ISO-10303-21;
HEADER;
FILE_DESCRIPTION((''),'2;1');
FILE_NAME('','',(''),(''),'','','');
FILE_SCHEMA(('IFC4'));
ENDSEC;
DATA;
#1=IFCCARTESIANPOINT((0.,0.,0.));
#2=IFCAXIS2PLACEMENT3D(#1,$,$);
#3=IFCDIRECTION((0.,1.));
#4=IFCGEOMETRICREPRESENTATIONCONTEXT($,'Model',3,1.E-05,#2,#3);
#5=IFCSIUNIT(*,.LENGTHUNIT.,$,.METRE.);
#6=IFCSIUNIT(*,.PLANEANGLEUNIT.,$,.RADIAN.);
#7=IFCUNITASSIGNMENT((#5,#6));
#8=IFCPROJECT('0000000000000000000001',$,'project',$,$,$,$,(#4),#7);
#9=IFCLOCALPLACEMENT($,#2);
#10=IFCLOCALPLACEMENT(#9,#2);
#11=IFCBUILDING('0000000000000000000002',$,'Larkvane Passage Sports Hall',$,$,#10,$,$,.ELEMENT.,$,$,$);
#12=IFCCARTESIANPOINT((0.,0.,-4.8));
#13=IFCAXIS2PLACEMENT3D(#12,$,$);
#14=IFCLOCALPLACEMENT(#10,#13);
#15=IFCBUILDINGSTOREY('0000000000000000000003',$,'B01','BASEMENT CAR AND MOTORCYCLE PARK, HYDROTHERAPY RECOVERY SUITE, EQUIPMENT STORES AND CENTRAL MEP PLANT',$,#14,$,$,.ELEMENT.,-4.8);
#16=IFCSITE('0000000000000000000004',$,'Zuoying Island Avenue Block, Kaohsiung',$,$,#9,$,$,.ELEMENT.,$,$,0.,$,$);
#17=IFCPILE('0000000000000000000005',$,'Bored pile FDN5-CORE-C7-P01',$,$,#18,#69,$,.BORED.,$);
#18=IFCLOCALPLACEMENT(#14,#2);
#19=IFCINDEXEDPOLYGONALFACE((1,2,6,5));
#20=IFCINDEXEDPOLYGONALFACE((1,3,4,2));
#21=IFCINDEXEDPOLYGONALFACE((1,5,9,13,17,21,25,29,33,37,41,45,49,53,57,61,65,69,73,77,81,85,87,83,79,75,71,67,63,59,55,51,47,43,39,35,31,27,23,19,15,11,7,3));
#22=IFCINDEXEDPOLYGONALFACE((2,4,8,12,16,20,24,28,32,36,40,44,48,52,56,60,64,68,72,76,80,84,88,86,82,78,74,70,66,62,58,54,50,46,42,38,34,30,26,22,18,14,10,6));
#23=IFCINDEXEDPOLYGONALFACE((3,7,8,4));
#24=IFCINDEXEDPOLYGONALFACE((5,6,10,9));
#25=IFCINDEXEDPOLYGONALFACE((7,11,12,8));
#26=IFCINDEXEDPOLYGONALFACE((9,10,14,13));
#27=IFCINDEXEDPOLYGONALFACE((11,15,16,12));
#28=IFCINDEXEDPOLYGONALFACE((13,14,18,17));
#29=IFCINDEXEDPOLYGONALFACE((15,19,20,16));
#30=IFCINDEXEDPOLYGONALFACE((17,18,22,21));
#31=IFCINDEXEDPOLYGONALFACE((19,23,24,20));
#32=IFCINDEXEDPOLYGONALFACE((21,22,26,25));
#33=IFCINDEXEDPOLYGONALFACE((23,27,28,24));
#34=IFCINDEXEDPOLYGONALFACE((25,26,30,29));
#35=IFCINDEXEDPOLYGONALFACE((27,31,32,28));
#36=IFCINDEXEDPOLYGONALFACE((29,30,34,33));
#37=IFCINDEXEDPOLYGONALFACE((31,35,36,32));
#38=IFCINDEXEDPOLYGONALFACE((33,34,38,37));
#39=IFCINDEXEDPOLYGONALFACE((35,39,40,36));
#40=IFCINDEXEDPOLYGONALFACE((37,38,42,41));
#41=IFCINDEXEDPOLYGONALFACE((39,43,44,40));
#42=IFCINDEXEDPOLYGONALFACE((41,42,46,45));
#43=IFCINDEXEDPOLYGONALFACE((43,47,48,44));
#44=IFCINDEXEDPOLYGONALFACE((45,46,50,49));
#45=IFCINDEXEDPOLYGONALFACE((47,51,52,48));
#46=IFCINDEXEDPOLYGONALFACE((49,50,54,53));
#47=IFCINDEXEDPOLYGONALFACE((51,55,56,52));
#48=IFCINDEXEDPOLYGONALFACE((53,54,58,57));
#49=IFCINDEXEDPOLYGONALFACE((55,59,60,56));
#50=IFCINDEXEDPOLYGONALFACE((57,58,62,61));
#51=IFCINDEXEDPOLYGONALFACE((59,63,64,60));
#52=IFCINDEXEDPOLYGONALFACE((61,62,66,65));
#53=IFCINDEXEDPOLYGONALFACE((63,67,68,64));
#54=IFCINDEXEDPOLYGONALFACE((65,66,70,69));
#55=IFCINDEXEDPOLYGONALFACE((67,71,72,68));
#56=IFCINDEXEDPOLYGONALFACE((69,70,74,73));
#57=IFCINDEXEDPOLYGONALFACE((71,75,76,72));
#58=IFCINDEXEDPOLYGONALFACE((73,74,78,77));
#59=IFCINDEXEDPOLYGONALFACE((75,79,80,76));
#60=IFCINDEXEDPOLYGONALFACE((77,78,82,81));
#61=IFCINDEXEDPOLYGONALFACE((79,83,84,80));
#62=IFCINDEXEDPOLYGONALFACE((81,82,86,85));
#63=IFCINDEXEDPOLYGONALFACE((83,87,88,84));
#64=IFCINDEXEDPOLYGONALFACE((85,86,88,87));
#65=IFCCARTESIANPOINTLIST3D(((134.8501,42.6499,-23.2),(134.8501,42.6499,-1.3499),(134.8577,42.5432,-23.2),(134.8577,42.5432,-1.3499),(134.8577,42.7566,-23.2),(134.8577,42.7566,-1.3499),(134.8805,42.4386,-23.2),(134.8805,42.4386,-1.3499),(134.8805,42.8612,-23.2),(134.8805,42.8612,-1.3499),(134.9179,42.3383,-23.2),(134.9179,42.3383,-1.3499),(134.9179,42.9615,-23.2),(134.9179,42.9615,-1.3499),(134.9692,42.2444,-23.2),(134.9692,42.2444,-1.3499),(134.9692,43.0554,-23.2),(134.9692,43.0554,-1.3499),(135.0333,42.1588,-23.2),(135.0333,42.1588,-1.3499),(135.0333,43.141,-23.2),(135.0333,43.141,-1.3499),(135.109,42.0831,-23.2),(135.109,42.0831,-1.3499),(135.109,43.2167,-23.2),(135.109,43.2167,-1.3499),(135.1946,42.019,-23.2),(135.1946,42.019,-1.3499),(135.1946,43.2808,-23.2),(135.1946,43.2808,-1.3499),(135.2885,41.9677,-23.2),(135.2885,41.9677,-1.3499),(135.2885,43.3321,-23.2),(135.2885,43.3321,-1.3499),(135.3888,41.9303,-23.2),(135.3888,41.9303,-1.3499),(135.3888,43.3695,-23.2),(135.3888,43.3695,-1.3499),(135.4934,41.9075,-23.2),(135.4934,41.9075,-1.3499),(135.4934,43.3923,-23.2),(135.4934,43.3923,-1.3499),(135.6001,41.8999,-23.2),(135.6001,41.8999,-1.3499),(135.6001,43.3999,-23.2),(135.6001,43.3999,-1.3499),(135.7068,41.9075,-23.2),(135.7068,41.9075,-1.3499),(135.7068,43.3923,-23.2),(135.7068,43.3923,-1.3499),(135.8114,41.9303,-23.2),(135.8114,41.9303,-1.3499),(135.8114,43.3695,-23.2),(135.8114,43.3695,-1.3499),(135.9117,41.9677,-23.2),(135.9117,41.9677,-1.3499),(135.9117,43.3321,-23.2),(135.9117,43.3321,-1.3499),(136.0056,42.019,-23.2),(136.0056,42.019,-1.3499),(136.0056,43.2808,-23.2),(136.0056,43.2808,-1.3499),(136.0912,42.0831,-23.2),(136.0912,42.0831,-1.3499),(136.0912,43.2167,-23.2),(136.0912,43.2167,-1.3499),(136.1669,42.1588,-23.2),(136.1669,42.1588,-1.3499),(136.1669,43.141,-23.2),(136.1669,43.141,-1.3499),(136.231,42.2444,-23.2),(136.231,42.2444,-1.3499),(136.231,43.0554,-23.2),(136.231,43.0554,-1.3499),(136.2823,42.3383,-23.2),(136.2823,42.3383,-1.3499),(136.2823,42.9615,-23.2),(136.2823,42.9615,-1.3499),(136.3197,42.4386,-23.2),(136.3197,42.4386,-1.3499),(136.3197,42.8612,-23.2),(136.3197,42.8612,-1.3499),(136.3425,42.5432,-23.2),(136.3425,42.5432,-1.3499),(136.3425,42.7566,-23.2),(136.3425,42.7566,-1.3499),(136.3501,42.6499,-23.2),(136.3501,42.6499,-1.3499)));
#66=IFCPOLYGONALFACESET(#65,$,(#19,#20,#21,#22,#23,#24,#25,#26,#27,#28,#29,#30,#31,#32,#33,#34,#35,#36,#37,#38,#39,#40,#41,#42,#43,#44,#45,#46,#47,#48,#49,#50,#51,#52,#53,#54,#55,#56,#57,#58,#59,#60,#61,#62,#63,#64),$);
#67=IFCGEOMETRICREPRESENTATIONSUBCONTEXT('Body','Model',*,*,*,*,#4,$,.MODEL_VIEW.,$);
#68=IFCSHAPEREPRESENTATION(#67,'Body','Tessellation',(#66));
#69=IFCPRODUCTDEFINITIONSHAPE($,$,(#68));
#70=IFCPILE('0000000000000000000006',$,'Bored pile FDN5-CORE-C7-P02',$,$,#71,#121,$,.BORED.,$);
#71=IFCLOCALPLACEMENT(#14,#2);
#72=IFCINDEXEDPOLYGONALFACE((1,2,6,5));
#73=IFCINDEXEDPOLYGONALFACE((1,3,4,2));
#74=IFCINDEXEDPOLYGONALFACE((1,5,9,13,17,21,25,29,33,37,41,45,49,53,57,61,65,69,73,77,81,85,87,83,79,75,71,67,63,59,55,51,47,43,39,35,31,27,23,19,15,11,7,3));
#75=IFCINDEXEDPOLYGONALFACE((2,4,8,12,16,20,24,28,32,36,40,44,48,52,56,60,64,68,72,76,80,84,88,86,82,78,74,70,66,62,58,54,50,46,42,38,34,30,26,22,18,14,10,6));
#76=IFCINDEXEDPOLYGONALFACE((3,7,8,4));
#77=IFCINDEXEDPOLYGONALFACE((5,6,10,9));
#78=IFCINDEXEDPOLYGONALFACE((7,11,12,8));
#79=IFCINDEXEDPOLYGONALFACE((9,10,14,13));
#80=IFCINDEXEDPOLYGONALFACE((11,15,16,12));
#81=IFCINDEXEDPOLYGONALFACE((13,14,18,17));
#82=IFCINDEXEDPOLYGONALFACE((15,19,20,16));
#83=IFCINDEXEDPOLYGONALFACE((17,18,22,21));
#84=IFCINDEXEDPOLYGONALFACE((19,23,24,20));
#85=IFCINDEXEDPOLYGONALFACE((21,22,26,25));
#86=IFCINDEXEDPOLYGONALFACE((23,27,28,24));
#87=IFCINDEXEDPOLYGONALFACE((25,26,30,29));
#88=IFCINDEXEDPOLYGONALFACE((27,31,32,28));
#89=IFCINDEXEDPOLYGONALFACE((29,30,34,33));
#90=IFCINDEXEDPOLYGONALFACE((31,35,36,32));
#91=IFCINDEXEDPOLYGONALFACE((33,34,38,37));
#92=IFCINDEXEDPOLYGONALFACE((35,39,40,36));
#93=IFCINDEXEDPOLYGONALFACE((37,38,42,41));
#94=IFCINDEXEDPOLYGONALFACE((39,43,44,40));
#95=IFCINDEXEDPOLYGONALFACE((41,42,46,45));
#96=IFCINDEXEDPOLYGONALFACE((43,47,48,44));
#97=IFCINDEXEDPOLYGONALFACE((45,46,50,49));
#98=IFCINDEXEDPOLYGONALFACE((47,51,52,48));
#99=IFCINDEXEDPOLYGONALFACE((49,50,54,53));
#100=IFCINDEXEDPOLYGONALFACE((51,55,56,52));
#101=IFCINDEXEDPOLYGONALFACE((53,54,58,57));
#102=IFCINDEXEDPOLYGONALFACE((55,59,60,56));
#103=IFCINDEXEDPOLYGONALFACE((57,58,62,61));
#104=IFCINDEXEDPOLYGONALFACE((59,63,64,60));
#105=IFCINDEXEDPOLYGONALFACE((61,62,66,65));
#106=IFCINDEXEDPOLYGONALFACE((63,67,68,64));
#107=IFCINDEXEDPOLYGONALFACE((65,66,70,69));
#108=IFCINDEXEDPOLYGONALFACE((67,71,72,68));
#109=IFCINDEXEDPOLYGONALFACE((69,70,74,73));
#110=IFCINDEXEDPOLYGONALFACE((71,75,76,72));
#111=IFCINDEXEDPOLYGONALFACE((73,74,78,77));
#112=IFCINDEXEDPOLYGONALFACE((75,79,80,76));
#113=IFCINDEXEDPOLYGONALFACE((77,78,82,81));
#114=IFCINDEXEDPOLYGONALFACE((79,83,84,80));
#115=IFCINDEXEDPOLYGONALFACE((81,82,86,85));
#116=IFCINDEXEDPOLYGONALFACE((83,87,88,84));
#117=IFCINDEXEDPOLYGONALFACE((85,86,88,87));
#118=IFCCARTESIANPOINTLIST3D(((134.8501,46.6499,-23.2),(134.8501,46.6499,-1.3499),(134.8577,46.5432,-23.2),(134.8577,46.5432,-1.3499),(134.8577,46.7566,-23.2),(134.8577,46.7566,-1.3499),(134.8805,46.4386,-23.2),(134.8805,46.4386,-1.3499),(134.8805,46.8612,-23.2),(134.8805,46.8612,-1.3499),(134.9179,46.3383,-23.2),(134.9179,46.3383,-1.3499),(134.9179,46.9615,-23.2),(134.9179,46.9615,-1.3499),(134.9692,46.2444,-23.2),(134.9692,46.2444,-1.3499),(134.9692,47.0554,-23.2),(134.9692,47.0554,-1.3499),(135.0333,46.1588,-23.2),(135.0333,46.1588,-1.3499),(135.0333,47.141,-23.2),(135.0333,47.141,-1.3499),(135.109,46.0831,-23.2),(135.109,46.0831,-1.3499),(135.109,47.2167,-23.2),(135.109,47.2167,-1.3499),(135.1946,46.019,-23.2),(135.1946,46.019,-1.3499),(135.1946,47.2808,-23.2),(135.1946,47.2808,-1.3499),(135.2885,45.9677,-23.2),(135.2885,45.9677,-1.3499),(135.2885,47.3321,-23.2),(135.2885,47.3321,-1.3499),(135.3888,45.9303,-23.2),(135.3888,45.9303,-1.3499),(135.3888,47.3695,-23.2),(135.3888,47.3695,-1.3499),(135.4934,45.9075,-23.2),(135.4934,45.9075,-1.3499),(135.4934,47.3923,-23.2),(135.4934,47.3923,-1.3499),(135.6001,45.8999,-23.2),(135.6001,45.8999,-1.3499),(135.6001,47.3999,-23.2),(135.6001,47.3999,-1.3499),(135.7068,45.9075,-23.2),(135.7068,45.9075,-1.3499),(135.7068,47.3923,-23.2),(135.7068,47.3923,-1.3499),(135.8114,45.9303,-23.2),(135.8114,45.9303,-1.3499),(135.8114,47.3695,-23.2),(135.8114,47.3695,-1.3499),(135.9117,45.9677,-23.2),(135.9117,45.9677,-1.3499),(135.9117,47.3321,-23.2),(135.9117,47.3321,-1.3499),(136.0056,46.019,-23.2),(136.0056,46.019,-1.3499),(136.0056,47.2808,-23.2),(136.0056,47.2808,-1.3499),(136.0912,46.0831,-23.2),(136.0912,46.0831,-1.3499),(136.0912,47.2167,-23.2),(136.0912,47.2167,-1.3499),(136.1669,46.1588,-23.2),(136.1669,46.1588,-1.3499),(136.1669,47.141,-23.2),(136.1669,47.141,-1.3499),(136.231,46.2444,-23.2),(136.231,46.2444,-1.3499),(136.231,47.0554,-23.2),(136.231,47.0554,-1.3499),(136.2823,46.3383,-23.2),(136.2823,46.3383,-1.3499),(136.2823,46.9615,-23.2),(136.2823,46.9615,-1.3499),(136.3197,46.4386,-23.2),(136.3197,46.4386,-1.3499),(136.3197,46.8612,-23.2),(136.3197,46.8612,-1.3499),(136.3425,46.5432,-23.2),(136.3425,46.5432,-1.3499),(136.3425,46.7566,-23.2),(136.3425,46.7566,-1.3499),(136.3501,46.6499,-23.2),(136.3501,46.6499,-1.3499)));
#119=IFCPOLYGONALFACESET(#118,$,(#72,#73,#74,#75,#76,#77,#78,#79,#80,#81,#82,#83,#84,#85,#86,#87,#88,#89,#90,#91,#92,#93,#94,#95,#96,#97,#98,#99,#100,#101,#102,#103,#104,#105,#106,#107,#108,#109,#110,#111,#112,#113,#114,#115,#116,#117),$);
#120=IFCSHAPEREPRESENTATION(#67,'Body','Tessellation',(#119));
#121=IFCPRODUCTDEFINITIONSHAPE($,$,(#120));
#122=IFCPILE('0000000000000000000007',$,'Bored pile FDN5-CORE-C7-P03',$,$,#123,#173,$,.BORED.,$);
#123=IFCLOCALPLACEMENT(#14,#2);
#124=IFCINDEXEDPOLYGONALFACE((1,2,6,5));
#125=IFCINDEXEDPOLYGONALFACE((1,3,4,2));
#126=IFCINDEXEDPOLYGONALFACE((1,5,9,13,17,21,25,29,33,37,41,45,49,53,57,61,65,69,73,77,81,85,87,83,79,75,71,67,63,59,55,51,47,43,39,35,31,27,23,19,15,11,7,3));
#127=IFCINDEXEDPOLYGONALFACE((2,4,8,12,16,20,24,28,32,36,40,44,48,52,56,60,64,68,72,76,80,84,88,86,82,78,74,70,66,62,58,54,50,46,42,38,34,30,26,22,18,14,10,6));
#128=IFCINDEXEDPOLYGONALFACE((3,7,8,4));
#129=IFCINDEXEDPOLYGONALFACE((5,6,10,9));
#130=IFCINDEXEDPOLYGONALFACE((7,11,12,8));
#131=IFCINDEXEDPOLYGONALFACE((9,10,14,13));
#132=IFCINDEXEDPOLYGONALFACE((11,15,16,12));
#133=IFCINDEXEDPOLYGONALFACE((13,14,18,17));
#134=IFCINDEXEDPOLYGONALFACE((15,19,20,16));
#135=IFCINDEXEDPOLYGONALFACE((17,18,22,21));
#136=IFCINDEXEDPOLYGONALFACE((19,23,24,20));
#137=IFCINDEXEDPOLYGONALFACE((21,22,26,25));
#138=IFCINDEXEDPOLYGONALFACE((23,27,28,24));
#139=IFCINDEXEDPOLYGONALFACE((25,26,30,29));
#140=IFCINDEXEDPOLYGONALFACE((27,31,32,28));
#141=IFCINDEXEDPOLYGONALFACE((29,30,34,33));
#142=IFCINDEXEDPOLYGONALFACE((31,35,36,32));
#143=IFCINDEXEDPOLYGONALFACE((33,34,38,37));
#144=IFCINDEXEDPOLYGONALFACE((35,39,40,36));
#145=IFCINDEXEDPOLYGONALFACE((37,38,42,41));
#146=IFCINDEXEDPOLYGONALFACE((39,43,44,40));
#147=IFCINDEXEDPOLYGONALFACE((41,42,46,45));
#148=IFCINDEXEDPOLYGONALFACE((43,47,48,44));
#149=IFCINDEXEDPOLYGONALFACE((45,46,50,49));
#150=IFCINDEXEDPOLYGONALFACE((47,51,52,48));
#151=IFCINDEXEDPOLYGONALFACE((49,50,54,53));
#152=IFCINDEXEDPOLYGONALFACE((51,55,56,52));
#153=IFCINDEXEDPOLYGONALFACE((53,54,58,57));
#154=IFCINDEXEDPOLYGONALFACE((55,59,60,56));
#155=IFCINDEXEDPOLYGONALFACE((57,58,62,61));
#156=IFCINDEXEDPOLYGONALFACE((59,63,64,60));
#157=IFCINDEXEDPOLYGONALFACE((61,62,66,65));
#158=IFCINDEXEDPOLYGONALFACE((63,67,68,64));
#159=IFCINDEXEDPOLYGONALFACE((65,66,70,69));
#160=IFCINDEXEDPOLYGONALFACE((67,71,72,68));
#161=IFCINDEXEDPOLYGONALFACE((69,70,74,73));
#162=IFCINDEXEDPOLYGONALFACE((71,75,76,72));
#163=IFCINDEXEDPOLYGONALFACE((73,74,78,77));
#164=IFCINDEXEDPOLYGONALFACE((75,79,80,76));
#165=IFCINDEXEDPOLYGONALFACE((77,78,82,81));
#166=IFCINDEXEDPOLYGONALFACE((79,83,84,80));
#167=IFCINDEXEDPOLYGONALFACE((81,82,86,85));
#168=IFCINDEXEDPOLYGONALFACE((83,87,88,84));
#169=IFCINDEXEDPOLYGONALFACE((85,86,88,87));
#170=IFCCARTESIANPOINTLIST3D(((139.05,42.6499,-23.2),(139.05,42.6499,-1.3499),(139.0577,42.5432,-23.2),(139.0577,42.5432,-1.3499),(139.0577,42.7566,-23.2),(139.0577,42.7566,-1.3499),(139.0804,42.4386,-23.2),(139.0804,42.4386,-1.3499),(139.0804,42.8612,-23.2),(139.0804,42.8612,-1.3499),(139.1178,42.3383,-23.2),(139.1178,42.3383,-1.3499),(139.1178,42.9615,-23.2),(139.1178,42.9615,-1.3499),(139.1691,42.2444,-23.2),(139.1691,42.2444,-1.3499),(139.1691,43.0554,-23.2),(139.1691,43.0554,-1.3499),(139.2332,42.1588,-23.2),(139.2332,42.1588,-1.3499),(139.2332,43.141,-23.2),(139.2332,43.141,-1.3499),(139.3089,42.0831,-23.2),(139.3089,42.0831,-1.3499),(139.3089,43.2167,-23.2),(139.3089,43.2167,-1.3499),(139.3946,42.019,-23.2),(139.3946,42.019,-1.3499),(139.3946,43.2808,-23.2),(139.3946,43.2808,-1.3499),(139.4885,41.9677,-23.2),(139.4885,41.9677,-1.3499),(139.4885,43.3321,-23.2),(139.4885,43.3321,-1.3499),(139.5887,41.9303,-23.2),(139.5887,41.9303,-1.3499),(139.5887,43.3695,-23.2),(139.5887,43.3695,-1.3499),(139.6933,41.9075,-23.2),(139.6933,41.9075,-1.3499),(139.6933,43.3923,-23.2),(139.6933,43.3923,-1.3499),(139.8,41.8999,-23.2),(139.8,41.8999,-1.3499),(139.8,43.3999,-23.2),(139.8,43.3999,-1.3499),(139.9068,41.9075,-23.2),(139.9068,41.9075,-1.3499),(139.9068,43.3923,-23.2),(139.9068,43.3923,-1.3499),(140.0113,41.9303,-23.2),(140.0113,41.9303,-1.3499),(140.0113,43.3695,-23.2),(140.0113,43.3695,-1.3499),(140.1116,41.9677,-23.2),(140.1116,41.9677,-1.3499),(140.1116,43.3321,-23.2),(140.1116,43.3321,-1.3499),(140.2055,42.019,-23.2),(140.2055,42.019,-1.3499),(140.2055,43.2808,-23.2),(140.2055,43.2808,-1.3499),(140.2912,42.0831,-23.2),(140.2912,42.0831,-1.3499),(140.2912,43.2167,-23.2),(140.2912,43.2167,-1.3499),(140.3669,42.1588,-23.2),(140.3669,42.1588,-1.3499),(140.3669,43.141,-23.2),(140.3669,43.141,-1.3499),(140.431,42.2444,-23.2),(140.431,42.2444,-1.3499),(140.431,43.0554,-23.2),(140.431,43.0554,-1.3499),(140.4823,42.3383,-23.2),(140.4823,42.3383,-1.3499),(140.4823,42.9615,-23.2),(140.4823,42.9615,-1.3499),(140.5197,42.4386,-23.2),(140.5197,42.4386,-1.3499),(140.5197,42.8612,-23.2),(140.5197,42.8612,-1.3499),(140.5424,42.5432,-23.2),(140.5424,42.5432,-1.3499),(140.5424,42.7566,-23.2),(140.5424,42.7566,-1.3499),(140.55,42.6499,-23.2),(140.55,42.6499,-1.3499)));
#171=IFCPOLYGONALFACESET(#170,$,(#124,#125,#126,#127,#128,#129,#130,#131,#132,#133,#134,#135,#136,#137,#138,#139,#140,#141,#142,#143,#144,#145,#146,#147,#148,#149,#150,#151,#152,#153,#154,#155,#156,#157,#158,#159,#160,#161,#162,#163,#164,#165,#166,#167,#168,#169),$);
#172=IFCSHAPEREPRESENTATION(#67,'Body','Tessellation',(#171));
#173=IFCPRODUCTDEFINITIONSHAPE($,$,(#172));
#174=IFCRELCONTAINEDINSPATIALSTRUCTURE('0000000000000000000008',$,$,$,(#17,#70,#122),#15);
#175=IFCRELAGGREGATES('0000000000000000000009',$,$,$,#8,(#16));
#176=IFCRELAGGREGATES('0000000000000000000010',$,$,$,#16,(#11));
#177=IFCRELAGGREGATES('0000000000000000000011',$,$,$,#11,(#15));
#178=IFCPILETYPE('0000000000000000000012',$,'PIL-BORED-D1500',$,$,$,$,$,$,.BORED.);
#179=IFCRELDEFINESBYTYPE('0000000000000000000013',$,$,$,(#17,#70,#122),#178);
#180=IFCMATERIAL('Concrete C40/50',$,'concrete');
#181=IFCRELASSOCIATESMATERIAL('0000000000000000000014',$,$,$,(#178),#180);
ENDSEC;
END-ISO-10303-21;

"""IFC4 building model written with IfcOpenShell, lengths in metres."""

from ifc_helpers import new_model, si_unit, direction, frame, origin, origin_2d, place, context, subcontext, project, spatial, circle, extrude, material, material_profile, profile_set, type_object, element, save


model = new_model("IFC4")

# Units and contexts
model_context = context("Model", 3, precision=1e-05, world=origin(), true_north=direction((0.0, 1.0)))
body_context = subcontext(model_context, "Body", "Model", "MODEL_VIEW")
ifc_project = project(units=[si_unit("LENGTHUNIT", "METRE"), si_unit("PLANEANGLEUNIT", "RADIAN")], contexts=[model_context])

# Site, building, storey
site_placement = place(None, origin())
site = spatial("IfcSite", under=ifc_project, at=site_placement, Name="Zuoying Island Avenue Block, Kaohsiung", CompositionType="ELEMENT", RefElevation=0.0)
building_placement = place(site_placement, origin())
building = spatial("IfcBuilding", under=site, at=building_placement, Name="Larkvane Passage Sports Hall", CompositionType="ELEMENT")
storey_placement = place(building_placement, frame((0.0, 0.0, -4.8)))
storey = spatial("IfcBuildingStorey", under=building, at=storey_placement, Name="B01", Description="BASEMENT CAR AND MOTORCYCLE PARK, HYDROTHERAPY RECOVERY SUITE, EQUIPMENT STORES AND CENTRAL MEP PLANT", CompositionType="ELEMENT", Elevation=-4.8)

# Shared definitions
ifc_material_1 = material(Name="Concrete C40/50", Category="concrete")

# Piles
ifc_material_profile_1 = material_profile(ifc_material_1, circle(Radius=0.75, at=origin_2d()), Name="PILE-D1500")
ifc_profile_set_1 = profile_set([ifc_material_profile_1], Name="Concrete C40/50")
pile_type_1 = type_object("IfcPileType", Name="PIL-BORED-D1500", PredefinedType="BORED", material=ifc_profile_set_1)
for number, where, z_axis, x_axis, name in (
    (1, (135.6001, 42.6499, -1.3499), (0.0, 0.0, -1.0), (1.0, 0.0, 0.0), "Bored pile FDN5-CORE-C7-P01"),
    (2, (135.6001, 46.6499, -1.3499), (0.0, 0.0, -1.0), (1.0, 0.0, 0.0), "Bored pile FDN5-CORE-C7-P02"),
    (3, (139.8, 42.6499, -1.3499), (0.0, 0.0, -1.0), (1.0, 0.0, 0.0), "Bored pile FDN5-CORE-C7-P03"),
):
    element("IfcPile", number, at=place(storey_placement, frame(where, z_axis=z_axis, x_axis=x_axis)), inside=storey, type_object=pile_type_1, Name=name, PredefinedType="BORED", context=body_context, shape_type="SweptSolid", body=[
        extrude(circle(Radius=0.75, at=origin_2d()), origin(), (0.0, 0.0, 1.0), 21.8501),
    ])

save(model, "model.ifc")
